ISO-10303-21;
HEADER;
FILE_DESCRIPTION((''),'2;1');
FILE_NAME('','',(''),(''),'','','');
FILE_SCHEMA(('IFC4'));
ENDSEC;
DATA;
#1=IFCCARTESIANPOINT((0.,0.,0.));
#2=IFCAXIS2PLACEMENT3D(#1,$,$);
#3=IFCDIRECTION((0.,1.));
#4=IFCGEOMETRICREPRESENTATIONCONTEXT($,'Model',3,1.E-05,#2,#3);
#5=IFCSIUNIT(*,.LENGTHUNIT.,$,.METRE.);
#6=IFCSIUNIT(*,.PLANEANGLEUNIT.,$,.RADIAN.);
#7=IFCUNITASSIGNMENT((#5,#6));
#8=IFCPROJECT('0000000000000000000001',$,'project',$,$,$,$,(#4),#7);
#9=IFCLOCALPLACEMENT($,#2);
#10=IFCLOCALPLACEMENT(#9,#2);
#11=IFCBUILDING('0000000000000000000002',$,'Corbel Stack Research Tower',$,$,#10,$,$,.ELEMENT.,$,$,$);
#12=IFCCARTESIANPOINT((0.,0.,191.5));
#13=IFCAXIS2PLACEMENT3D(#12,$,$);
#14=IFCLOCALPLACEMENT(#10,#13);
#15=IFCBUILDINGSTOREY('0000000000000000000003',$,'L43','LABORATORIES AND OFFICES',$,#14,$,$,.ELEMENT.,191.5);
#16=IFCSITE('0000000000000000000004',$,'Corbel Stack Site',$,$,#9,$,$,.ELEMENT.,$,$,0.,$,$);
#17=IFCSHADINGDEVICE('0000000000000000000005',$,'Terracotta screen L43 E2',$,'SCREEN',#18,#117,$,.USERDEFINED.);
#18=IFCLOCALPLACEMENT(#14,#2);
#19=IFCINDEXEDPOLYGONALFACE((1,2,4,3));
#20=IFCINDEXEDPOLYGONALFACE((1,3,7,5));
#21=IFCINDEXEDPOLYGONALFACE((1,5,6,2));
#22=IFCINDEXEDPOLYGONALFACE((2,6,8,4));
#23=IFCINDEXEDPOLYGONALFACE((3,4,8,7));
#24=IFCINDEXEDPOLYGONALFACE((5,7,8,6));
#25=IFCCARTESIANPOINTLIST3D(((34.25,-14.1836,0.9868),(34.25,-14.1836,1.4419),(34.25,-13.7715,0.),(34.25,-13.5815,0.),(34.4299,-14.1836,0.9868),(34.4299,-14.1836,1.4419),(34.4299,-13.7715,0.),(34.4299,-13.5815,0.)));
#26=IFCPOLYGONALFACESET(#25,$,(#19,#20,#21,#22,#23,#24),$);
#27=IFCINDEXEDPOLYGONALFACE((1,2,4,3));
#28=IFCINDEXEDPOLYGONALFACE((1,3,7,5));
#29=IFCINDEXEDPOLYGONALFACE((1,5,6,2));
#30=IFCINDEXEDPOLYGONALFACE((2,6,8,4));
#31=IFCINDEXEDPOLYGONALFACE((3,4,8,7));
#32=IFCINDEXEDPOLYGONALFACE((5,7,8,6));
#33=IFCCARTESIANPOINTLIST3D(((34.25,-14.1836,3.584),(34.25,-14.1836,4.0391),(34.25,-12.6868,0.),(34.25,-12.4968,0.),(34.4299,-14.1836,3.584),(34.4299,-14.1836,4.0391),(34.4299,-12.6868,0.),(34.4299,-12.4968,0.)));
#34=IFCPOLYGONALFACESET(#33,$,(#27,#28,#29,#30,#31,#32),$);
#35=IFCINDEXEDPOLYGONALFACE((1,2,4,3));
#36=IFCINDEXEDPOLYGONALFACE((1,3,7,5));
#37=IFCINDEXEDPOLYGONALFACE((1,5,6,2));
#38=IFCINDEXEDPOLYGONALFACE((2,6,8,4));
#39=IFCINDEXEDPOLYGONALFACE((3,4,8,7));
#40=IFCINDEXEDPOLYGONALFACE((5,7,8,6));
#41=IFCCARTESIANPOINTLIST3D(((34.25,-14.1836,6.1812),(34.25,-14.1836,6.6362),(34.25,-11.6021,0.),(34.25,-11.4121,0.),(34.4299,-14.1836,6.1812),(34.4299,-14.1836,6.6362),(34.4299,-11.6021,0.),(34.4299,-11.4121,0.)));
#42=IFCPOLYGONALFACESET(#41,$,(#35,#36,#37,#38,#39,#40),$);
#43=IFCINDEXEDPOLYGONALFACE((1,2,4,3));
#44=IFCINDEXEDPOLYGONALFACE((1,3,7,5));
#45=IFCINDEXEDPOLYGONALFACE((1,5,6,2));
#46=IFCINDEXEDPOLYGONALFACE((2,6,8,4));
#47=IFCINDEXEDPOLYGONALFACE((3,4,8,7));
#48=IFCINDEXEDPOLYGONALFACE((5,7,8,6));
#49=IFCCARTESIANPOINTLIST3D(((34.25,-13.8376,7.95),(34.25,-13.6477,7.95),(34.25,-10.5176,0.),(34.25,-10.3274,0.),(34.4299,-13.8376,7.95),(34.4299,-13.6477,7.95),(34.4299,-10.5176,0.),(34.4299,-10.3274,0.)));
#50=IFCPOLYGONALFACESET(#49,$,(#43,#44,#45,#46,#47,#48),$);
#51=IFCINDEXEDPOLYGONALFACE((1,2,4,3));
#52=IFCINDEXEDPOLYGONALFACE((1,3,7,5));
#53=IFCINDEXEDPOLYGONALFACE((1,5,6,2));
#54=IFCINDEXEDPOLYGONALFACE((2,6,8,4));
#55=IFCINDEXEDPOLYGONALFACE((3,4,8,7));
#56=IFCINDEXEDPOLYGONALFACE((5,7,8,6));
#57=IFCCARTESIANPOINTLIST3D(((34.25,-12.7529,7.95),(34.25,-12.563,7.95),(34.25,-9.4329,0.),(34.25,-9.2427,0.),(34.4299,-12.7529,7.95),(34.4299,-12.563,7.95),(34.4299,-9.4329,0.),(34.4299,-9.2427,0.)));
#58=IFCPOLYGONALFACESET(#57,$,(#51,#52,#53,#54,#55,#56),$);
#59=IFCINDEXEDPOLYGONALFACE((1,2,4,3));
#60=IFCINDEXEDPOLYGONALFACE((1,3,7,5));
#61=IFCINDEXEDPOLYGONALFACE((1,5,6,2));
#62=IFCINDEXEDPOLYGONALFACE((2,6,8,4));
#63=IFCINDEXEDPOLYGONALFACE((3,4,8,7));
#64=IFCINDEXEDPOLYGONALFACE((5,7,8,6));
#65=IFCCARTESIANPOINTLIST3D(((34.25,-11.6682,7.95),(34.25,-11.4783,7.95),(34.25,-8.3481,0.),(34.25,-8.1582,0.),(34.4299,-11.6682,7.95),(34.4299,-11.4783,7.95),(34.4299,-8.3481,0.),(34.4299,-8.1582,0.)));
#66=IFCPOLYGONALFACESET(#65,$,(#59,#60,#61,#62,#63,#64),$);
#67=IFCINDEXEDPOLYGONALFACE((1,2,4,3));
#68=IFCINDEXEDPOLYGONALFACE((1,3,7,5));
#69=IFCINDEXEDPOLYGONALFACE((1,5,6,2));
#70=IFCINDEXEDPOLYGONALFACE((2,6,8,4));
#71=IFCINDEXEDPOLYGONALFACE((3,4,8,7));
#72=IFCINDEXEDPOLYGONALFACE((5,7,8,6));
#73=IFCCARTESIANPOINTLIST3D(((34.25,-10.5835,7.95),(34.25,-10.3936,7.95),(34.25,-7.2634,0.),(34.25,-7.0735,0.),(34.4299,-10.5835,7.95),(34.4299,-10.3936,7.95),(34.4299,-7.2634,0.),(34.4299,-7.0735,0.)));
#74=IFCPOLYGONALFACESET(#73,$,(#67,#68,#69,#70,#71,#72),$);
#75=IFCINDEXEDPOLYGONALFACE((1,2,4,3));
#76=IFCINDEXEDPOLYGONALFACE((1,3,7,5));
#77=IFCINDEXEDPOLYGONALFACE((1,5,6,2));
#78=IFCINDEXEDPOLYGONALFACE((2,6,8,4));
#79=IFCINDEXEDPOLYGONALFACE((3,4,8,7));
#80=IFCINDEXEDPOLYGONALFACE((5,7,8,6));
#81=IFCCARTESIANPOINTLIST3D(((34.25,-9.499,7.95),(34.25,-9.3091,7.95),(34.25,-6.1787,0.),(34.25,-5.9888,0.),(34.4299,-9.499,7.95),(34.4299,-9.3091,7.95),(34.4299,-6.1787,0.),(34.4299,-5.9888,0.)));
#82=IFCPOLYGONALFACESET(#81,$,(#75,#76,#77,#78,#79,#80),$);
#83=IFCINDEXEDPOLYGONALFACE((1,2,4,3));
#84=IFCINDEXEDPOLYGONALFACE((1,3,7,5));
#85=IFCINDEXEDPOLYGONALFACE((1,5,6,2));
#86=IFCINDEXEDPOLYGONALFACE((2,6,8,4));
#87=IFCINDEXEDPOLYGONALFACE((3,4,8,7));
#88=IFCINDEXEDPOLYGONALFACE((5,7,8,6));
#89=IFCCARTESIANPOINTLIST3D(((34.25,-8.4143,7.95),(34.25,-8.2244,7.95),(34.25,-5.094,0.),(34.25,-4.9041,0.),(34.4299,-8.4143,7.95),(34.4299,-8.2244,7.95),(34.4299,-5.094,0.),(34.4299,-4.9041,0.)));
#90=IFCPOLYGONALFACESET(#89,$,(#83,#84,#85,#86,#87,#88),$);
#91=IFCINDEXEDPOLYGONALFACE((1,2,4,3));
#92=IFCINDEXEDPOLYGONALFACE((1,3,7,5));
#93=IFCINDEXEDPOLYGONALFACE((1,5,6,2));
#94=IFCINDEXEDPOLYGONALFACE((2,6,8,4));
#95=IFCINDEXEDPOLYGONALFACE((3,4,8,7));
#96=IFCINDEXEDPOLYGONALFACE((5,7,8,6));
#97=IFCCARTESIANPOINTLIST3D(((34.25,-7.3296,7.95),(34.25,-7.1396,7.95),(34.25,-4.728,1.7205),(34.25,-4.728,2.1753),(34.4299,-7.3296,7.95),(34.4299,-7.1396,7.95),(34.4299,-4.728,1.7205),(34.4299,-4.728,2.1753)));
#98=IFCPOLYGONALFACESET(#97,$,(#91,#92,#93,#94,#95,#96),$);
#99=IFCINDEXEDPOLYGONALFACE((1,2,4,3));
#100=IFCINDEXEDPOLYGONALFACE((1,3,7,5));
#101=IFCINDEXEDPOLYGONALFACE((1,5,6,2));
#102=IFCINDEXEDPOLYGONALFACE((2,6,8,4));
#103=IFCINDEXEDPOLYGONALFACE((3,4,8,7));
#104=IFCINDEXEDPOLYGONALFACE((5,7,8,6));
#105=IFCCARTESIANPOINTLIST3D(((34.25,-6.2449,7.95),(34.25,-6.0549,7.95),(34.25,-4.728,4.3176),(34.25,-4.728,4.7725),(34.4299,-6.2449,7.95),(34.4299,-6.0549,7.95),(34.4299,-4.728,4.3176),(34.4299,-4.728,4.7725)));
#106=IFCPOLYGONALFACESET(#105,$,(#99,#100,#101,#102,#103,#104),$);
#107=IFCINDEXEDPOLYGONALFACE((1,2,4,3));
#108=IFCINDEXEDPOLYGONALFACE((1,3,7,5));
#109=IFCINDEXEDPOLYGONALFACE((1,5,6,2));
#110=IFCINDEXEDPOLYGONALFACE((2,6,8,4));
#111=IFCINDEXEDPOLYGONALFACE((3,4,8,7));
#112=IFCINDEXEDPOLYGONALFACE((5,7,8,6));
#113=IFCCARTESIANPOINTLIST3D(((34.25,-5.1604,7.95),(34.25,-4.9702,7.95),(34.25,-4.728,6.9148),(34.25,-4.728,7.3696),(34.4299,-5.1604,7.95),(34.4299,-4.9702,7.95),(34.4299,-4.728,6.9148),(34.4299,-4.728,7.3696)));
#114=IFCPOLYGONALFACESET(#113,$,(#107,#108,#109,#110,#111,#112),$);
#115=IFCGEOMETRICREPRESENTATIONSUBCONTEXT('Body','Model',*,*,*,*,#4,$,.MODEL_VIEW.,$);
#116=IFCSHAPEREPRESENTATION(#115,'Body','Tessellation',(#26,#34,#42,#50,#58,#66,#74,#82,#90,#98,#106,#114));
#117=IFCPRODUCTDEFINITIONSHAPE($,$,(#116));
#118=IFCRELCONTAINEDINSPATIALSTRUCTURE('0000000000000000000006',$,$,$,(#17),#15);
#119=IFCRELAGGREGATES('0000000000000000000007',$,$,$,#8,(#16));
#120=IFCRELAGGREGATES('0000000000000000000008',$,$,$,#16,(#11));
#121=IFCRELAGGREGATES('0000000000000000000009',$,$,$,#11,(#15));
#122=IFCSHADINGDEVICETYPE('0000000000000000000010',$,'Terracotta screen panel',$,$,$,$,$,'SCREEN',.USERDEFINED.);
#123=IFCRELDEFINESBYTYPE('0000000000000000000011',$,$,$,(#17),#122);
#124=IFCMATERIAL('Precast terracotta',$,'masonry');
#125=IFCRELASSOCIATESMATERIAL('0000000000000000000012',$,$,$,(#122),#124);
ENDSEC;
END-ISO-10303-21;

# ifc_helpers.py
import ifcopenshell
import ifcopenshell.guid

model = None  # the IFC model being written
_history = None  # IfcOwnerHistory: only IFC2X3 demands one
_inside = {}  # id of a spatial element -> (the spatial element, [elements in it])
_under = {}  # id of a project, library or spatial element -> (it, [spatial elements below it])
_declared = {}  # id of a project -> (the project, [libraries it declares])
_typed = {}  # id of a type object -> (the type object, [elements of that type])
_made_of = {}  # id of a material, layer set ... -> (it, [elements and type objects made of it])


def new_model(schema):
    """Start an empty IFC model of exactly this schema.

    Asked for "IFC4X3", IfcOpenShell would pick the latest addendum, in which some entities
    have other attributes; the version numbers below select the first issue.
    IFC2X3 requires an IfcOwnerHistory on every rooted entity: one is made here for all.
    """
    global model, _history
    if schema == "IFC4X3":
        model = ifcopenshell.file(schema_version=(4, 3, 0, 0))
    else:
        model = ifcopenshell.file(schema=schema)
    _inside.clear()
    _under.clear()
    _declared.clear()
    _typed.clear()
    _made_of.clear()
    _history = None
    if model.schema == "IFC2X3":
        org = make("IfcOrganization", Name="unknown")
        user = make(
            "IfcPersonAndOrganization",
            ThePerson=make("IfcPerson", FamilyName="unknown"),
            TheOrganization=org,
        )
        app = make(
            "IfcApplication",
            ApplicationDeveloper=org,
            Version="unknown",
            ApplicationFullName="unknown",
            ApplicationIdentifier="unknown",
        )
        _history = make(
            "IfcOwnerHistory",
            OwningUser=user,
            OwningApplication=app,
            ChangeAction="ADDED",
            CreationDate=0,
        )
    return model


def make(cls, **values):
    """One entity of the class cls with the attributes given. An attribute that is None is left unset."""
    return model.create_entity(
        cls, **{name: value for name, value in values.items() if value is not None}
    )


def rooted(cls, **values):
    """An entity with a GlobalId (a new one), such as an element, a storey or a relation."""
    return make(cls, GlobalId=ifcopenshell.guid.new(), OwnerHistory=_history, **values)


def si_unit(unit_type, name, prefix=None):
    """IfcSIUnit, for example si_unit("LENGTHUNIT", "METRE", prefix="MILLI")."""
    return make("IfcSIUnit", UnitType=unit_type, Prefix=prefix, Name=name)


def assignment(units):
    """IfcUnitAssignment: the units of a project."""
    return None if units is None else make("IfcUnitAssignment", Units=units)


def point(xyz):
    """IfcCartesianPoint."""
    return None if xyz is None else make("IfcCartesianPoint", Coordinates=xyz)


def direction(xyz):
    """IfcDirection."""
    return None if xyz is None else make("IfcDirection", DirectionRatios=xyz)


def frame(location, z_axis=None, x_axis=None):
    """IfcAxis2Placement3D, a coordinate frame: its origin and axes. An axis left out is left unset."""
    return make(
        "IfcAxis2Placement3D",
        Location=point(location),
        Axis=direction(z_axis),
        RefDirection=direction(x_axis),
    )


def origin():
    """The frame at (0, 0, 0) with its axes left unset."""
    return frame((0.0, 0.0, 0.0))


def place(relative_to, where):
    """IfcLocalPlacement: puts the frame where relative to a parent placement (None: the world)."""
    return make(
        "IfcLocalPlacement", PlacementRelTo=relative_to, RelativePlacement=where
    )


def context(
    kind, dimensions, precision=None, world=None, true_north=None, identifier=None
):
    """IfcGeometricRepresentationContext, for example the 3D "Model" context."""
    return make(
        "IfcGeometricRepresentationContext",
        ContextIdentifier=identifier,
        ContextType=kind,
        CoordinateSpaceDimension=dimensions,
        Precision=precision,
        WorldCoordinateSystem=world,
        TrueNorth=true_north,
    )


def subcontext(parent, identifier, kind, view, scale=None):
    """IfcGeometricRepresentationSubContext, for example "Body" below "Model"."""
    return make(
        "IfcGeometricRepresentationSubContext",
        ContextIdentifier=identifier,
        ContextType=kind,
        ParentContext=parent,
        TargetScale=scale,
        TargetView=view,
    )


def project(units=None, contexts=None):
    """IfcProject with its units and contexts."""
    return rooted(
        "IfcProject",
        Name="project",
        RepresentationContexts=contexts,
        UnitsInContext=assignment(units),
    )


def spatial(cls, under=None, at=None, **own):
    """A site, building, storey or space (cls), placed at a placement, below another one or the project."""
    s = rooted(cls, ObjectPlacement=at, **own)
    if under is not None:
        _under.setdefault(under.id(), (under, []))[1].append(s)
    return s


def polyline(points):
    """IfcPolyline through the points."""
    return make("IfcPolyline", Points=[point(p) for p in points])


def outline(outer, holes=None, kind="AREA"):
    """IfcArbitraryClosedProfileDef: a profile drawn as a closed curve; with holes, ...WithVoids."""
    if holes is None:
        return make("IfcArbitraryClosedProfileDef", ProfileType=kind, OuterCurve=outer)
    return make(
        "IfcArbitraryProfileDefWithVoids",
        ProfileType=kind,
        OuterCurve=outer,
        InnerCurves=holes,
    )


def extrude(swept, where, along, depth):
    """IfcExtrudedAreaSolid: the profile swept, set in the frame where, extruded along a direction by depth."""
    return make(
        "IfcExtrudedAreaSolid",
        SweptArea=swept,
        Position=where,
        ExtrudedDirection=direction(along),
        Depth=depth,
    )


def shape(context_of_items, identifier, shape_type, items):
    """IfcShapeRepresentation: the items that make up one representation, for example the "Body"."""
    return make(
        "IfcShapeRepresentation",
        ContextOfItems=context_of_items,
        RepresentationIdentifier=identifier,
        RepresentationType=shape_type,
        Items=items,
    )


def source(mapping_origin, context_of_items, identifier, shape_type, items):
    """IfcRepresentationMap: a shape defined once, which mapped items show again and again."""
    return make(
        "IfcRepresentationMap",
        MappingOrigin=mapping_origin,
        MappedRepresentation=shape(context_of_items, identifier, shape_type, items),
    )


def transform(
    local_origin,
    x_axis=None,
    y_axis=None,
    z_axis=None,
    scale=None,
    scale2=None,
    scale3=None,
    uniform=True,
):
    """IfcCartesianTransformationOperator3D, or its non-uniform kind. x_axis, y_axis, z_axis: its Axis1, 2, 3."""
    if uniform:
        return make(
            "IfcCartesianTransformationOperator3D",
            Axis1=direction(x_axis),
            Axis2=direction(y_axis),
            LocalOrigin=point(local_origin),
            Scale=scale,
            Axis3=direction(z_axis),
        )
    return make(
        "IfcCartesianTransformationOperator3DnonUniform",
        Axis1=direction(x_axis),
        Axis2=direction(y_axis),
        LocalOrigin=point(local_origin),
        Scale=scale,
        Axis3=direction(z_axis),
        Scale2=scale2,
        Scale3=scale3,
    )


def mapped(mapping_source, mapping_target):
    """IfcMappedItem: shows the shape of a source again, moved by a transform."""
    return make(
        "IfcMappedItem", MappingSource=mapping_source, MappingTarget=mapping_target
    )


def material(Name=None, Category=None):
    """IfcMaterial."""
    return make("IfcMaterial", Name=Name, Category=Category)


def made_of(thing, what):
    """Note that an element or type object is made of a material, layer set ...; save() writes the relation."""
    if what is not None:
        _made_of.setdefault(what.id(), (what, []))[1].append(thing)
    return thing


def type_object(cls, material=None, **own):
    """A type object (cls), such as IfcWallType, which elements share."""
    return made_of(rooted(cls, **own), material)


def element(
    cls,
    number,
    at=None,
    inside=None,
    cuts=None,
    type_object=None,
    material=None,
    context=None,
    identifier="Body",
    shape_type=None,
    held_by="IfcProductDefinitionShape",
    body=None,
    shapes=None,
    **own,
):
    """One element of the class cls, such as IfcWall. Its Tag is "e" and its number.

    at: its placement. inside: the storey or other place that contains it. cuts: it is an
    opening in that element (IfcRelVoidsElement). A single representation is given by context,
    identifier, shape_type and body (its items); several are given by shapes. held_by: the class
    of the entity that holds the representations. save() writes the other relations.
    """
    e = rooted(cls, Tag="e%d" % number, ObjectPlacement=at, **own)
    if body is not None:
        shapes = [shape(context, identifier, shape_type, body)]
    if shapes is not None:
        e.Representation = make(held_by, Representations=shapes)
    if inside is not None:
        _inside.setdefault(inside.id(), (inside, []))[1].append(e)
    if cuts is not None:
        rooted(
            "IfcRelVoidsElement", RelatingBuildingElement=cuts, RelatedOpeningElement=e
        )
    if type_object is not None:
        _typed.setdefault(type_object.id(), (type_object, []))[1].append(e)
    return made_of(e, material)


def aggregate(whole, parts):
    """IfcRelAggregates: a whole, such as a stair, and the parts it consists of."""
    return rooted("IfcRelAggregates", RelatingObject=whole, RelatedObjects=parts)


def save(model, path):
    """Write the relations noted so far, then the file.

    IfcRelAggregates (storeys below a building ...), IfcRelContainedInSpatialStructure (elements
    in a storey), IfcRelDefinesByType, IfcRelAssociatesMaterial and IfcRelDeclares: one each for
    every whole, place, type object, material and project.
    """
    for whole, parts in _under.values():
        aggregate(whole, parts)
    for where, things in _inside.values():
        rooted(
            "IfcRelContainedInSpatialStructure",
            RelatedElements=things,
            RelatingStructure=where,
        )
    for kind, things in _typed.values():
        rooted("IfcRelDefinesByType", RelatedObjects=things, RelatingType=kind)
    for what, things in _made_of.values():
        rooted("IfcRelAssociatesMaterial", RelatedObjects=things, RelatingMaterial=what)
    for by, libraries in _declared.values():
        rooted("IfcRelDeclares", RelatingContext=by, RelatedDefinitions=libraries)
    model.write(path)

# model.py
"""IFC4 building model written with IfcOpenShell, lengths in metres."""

from ifc_helpers import new_model, si_unit, direction, frame, origin, place, context, subcontext, project, spatial, polyline, outline, extrude, source, transform, mapped, material, type_object, element, save


model = new_model("IFC4")

# Units and contexts
model_context = context("Model", 3, precision=1e-05, world=origin(), true_north=direction((0.0, 1.0)))
body_context = subcontext(model_context, "Body", "Model", "MODEL_VIEW")
ifc_project = project(units=[si_unit("LENGTHUNIT", "METRE"), si_unit("PLANEANGLEUNIT", "RADIAN")], contexts=[model_context])

# Site, building, storey
site_placement = place(None, origin())
site = spatial("IfcSite", under=ifc_project, at=site_placement, Name="Corbel Stack Site", CompositionType="ELEMENT", RefElevation=0.0)
building_placement = place(site_placement, origin())
building = spatial("IfcBuilding", under=site, at=building_placement, Name="Corbel Stack Research Tower", CompositionType="ELEMENT")
storey_placement = place(building_placement, frame((0.0, 0.0, 191.5)))
storey = spatial("IfcBuildingStorey", under=building, at=storey_placement, Name="L43", Description="LABORATORIES AND OFFICES", CompositionType="ELEMENT", Elevation=191.5)

# Shading device
ifc_material_1 = material(Name="Precast terracotta", Category="masonry")
shading_device_type = type_object("IfcShadingDeviceType", Name="Terracotta screen panel", ElementType="SCREEN", PredefinedType="USERDEFINED", material=ifc_material_1)
shared_shape_1 = source(origin(), body_context, "Body", "SweptSolid", [
    extrude(outline(polyline([(0.6021, 0.0), (0.0, 1.4419), (0.0, 0.9868), (0.4121, 0.0), (0.6021, 0.0)])), frame((0.0, 0.0, 0.0), z_axis=(0.0, -1.0, 0.0), x_axis=(1.0, 0.0, 0.0)), (0.0, 0.0, 1.0), 0.1799),
    extrude(outline(polyline([(1.6868, 0.0), (0.0, 4.0391), (0.0, 3.584), (1.4968, 0.0), (1.6868, 0.0)])), frame((0.0, 0.0, 0.0), z_axis=(0.0, -1.0, 0.0), x_axis=(1.0, 0.0, 0.0)), (0.0, 0.0, 1.0), 0.1799),
    extrude(outline(polyline([(2.7715, 0.0), (0.0, 6.6362), (0.0, 6.1812), (2.5815, 0.0), (2.7715, 0.0)])), frame((0.0, 0.0, 0.0), z_axis=(0.0, -1.0, 0.0), x_axis=(1.0, 0.0, 0.0)), (0.0, 0.0, 1.0), 0.1799),
    extrude(outline(polyline([(3.8562, 0.0), (0.5359, 7.95), (0.3459, 7.95), (3.666, 0.0), (3.8562, 0.0)])), frame((0.0, 0.0, 0.0), z_axis=(0.0, -1.0, 0.0), x_axis=(1.0, 0.0, 0.0)), (0.0, 0.0, 1.0), 0.1799),
    extrude(outline(polyline([(4.9409, 0.0), (1.6206, 7.95), (1.4307, 7.95), (4.7507, 0.0), (4.9409, 0.0)])), frame((0.0, 0.0, 0.0), z_axis=(0.0, -1.0, 0.0), x_axis=(1.0, 0.0, 0.0)), (0.0, 0.0, 1.0), 0.1799),
    extrude(outline(polyline([(6.0254, 0.0), (2.7053, 7.95), (2.5154, 7.95), (5.8354, 0.0), (6.0254, 0.0)])), frame((0.0, 0.0, 0.0), z_axis=(0.0, -1.0, 0.0), x_axis=(1.0, 0.0, 0.0)), (0.0, 0.0, 1.0), 0.1799),
    extrude(outline(polyline([(7.1101, 0.0), (3.79, 7.95), (3.6001, 7.95), (6.9202, 0.0), (7.1101, 0.0)])), frame((0.0, 0.0, 0.0), z_axis=(0.0, -1.0, 0.0), x_axis=(1.0, 0.0, 0.0)), (0.0, 0.0, 1.0), 0.1799),
    extrude(outline(polyline([(8.1948, 0.0), (4.8745, 7.95), (4.6846, 7.95), (8.0049, 0.0), (8.1948, 0.0)])), frame((0.0, 0.0, 0.0), z_axis=(0.0, -1.0, 0.0), x_axis=(1.0, 0.0, 0.0)), (0.0, 0.0, 1.0), 0.1799),
    extrude(outline(polyline([(9.2795, 0.0), (5.9592, 7.95), (5.7693, 7.95), (9.0896, 0.0), (9.2795, 0.0)])), frame((0.0, 0.0, 0.0), z_axis=(0.0, -1.0, 0.0), x_axis=(1.0, 0.0, 0.0)), (0.0, 0.0, 1.0), 0.1799),
    extrude(outline(polyline([(7.0439, 7.95), (6.854, 7.95), (9.4556, 1.7205), (9.4556, 2.1753), (7.0439, 7.95)])), frame((0.0, 0.0, 0.0), z_axis=(0.0, -1.0, 0.0), x_axis=(1.0, 0.0, 0.0)), (0.0, 0.0, 1.0), 0.1799),
    extrude(outline(polyline([(8.1287, 7.95), (7.9387, 7.95), (9.4556, 4.3176), (9.4556, 4.7725), (8.1287, 7.95)])), frame((0.0, 0.0, 0.0), z_axis=(0.0, -1.0, 0.0), x_axis=(1.0, 0.0, 0.0)), (0.0, 0.0, 1.0), 0.1799),
    extrude(outline(polyline([(9.2134, 7.95), (9.0232, 7.95), (9.4556, 6.9148), (9.4556, 7.3696), (9.2134, 7.95)])), frame((0.0, 0.0, 0.0), z_axis=(0.0, -1.0, 0.0), x_axis=(1.0, 0.0, 0.0)), (0.0, 0.0, 1.0), 0.1799),
])
shading_device_1_placement = place(storey_placement, frame((34.25, -14.1836, 0.0), z_axis=(0.0, 0.0, 1.0), x_axis=(0.0, 1.0, 0.0)))
element("IfcShadingDevice", 1, at=shading_device_1_placement, inside=storey, type_object=shading_device_type, Name="Terracotta screen L43 E2", ObjectType="SCREEN", PredefinedType="USERDEFINED", context=body_context, shape_type="MappedRepresentation", body=[
    mapped(shared_shape_1, transform((0.0, 0.0, 0.0))),
])

save(model, "model.ifc")
